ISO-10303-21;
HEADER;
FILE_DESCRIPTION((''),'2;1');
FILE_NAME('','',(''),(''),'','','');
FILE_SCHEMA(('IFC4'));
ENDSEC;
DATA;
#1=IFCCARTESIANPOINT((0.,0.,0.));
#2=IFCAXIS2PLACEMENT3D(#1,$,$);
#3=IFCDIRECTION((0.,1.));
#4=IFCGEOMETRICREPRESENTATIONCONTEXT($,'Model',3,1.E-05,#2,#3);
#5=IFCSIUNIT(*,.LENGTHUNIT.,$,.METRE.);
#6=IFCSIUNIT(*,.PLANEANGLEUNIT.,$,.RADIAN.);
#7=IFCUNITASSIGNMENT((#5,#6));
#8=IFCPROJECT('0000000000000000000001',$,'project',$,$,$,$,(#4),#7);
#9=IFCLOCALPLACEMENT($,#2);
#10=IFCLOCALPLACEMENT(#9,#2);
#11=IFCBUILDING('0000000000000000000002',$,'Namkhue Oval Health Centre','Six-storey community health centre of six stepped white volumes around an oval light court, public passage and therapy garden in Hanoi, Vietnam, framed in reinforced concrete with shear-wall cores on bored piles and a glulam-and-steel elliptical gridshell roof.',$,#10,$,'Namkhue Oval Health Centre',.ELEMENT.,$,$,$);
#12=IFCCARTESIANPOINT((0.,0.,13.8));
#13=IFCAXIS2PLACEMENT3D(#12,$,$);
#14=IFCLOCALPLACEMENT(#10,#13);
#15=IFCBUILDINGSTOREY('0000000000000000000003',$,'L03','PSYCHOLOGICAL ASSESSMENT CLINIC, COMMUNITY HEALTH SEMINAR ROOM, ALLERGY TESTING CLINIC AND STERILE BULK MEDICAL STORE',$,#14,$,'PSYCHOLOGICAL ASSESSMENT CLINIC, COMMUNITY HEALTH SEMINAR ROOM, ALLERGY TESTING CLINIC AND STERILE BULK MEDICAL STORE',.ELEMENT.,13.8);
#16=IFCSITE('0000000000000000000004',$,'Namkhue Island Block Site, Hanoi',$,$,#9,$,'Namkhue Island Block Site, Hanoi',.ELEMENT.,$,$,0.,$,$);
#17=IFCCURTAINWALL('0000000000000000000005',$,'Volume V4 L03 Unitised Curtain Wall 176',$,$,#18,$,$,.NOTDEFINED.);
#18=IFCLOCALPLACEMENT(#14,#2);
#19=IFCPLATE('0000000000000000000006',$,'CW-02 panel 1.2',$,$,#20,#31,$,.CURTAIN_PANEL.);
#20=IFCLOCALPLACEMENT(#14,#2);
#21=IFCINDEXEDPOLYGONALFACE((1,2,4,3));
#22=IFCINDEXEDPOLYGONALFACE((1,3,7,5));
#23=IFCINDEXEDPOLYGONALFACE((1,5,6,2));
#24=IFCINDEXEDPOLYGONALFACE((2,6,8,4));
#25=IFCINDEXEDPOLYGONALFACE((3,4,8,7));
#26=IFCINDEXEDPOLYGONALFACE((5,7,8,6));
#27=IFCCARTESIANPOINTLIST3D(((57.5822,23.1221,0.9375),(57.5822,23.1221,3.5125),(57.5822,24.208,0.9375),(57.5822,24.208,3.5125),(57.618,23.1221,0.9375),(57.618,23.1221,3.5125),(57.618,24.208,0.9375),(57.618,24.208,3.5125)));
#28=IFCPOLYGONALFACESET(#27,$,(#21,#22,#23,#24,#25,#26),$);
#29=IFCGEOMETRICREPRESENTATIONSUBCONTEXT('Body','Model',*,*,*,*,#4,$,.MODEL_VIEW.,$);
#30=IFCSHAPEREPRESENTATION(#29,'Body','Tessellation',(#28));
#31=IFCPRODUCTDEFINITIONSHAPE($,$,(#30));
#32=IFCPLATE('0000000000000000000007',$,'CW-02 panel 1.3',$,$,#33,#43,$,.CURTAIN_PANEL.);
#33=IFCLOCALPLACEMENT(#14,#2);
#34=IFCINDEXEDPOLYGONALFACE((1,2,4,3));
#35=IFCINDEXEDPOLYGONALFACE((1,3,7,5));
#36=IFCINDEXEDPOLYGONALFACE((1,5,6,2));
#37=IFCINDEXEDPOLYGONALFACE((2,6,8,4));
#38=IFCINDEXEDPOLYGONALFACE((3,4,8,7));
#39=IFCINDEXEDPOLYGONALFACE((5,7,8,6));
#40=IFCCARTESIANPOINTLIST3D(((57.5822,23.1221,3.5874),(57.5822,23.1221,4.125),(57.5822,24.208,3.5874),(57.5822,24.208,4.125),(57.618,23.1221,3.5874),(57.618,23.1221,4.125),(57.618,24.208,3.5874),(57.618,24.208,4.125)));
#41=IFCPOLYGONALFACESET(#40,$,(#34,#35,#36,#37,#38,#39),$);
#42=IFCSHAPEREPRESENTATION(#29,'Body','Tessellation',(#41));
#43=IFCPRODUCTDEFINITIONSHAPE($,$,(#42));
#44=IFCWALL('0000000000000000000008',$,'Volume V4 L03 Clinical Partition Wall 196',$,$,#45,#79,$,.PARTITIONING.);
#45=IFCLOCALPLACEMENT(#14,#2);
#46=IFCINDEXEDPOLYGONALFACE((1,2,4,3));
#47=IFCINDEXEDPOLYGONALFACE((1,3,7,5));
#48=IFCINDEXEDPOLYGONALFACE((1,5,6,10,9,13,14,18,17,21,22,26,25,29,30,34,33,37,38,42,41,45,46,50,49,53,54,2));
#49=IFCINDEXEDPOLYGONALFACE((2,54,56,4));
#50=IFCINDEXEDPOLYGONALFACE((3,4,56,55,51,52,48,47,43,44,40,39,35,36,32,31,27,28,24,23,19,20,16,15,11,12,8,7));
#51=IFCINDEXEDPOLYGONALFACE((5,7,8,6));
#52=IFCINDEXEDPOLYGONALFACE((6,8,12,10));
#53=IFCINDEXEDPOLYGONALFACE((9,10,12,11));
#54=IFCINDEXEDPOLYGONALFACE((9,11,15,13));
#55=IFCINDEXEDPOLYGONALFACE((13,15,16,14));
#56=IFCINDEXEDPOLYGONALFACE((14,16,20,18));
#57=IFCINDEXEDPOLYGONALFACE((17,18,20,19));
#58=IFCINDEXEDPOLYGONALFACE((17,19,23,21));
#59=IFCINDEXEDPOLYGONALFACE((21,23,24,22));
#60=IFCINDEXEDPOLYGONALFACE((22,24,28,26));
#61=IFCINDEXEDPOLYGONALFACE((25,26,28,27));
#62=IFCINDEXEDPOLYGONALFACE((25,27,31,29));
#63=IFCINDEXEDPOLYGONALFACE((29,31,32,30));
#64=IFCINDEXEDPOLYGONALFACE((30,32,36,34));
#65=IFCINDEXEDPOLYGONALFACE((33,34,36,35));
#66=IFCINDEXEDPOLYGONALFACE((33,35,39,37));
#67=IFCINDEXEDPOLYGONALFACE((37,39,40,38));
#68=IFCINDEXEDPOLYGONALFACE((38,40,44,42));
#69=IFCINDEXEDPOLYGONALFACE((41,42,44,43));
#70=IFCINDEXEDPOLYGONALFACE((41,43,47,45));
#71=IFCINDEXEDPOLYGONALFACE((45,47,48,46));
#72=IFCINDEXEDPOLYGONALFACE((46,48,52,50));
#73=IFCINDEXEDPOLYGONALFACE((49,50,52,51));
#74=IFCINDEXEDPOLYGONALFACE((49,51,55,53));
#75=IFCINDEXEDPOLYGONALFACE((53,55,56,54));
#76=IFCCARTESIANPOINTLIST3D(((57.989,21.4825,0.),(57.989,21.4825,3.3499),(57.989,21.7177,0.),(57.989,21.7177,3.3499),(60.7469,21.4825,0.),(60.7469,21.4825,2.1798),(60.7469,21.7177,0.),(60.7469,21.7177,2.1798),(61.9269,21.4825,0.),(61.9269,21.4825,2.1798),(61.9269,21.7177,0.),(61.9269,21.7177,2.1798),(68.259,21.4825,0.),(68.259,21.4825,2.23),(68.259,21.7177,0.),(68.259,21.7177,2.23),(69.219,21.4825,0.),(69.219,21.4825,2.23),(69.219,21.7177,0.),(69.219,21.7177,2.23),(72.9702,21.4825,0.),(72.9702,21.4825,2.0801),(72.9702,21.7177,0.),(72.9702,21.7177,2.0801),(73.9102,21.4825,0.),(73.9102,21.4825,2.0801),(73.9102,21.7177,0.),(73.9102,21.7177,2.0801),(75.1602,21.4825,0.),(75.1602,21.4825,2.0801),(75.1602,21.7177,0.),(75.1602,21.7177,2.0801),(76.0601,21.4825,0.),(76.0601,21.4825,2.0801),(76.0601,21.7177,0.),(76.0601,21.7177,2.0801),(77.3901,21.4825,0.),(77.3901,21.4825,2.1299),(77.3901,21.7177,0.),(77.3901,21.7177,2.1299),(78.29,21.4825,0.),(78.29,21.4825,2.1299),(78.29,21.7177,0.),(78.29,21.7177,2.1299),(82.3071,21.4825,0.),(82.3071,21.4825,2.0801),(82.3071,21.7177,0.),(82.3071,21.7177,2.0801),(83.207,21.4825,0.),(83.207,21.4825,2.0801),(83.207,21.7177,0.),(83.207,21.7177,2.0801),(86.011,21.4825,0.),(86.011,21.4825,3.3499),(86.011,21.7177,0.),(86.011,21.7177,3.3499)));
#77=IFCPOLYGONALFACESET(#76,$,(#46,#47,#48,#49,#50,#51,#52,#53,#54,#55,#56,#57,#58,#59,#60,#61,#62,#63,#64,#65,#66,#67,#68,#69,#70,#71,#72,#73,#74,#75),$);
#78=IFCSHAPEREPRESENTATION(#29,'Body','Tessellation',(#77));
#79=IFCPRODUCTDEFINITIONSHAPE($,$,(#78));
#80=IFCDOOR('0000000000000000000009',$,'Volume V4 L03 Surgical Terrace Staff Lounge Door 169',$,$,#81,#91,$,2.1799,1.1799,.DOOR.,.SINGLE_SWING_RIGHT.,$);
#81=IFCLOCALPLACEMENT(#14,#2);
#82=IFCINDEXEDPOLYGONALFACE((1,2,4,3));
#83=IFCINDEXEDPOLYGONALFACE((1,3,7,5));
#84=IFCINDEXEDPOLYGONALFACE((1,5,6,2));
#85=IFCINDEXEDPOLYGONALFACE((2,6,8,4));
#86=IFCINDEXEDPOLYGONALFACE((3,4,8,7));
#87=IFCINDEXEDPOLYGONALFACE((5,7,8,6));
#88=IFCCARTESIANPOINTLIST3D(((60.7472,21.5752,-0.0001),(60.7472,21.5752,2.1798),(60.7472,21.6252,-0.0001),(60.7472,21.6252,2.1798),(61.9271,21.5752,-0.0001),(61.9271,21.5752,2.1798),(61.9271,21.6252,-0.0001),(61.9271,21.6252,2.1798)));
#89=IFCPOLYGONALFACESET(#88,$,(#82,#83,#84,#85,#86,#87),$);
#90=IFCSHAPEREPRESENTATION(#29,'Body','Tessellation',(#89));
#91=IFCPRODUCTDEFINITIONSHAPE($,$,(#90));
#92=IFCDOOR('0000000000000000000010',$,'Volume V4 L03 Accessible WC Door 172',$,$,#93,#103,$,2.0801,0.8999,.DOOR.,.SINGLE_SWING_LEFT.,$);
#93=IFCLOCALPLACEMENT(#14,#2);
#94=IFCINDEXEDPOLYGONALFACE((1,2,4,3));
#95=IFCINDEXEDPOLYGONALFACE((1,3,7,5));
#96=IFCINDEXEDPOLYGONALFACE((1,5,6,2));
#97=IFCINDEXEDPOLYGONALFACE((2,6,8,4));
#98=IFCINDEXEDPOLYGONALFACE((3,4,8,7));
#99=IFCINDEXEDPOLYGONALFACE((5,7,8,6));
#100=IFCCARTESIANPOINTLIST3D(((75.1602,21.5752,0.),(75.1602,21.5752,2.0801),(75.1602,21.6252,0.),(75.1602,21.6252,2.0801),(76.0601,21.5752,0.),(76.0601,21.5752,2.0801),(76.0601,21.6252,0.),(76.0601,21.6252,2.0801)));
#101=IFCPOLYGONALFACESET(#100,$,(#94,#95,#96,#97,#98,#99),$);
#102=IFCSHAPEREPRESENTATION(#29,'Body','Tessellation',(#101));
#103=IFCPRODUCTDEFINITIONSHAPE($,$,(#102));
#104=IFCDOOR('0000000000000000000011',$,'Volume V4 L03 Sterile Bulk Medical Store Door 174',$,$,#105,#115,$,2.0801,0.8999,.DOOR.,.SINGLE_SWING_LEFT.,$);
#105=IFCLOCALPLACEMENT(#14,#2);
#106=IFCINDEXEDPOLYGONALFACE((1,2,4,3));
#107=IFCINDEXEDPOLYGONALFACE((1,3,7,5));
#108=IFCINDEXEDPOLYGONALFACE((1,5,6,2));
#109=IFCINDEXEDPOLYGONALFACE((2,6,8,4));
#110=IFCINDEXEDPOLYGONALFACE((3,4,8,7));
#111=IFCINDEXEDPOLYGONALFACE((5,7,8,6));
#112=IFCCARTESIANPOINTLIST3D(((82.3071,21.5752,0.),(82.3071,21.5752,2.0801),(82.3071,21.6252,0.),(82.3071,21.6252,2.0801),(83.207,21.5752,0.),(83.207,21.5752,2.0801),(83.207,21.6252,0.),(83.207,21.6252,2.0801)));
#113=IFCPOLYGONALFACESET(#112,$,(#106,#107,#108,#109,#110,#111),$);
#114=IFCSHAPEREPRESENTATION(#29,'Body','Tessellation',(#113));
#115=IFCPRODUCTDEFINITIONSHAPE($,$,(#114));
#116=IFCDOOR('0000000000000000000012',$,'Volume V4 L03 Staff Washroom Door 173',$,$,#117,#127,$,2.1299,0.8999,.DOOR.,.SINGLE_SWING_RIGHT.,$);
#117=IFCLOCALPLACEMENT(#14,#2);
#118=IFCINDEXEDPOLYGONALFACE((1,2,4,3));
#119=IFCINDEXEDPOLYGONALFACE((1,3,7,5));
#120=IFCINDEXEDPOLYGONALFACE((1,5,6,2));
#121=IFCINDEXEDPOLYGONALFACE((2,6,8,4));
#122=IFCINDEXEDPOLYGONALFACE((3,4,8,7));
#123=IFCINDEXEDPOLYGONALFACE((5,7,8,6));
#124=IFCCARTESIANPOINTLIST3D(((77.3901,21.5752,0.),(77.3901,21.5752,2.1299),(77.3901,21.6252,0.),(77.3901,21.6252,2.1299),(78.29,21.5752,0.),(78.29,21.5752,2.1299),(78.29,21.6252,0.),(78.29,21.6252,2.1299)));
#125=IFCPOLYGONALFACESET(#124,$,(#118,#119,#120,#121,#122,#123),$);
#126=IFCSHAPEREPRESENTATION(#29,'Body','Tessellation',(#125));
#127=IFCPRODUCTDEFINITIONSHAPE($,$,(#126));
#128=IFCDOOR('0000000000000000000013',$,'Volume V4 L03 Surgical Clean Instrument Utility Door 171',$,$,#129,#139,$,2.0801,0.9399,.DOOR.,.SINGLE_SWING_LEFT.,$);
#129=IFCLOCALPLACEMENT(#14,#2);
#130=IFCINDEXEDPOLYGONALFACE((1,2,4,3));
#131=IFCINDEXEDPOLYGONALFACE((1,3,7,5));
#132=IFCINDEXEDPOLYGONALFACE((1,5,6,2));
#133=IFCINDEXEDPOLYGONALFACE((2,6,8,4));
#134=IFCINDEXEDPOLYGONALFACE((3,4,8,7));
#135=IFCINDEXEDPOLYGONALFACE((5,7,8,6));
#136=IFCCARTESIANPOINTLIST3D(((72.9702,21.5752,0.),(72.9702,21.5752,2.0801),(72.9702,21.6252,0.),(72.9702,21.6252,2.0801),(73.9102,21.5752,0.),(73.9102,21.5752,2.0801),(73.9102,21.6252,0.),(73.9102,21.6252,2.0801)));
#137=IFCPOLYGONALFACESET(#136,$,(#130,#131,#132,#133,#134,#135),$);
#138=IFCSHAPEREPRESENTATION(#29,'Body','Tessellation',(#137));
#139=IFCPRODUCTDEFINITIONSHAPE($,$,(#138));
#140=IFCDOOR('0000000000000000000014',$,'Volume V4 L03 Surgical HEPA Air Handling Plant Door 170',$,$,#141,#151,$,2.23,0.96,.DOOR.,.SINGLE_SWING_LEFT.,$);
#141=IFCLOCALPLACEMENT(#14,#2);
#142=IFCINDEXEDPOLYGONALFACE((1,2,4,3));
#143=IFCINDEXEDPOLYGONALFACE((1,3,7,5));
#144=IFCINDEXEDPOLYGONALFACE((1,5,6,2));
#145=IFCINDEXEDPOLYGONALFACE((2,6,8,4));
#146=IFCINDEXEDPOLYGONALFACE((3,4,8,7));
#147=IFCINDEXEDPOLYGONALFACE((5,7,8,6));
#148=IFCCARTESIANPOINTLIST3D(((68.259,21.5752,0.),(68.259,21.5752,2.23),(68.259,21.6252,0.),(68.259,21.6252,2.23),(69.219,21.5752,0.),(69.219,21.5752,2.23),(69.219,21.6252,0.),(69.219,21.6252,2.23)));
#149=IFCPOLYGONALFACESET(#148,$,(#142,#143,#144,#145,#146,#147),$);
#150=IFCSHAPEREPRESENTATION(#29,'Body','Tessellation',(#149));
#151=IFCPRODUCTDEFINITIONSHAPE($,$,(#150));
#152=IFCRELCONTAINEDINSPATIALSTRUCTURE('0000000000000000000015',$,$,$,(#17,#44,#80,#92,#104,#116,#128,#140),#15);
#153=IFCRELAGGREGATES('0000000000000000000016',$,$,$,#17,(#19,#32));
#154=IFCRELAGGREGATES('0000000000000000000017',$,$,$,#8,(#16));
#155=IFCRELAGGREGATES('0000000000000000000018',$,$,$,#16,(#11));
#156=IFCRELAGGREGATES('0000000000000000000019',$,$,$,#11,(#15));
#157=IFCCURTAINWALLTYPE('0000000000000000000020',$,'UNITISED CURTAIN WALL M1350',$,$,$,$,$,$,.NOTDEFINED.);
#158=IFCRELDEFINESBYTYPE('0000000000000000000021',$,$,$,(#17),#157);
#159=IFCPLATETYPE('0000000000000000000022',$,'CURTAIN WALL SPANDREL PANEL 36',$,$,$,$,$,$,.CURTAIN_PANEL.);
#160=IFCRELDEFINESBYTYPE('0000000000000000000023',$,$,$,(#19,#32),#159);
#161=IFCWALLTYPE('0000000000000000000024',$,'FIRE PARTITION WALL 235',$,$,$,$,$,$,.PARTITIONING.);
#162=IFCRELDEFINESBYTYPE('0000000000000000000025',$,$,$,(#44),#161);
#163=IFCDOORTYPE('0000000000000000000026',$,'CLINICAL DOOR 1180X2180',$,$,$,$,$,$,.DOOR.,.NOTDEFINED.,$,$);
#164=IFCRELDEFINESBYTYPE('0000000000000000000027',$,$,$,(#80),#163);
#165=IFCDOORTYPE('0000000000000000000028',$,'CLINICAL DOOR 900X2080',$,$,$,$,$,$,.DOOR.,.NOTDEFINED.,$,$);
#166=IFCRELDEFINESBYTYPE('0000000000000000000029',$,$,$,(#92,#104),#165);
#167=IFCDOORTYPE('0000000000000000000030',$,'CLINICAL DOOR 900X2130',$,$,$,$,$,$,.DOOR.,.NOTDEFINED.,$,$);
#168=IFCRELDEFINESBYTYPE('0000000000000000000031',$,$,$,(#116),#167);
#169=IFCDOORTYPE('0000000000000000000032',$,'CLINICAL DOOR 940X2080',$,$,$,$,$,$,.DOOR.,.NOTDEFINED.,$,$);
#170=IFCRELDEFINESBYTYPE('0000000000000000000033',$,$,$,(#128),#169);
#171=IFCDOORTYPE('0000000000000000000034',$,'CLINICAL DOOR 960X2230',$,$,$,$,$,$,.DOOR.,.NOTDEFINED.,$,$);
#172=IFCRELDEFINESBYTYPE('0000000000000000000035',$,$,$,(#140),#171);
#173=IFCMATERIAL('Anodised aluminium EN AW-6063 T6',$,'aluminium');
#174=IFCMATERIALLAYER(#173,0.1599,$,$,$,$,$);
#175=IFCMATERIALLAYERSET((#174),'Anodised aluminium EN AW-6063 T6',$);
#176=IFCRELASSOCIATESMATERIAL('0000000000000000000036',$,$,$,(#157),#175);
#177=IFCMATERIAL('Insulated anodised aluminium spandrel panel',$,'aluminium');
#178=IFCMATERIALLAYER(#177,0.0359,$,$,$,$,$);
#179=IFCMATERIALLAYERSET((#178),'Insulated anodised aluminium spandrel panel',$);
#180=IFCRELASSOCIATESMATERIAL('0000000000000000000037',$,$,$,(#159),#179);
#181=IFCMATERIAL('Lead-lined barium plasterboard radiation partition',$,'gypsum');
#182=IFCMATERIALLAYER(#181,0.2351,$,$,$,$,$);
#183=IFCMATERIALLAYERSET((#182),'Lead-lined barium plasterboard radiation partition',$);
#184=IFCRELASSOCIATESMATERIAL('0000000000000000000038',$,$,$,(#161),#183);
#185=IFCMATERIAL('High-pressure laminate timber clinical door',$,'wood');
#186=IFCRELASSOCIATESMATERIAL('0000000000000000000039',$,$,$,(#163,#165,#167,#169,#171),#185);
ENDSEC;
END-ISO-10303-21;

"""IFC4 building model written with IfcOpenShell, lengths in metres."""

from ifc_helpers import new_model, si_unit, direction, frame, frame_2d, origin, origin_2d, place, context, subcontext, project, spatial, rectangle, extrude, material, layer, layer_set, type_object, element, fill, aggregate, save


model = new_model("IFC4")

# Units and contexts
model_context = context("Model", 3, precision=1e-05, world=origin(), true_north=direction((0.0, 1.0)))
body_context = subcontext(model_context, "Body", "Model", "MODEL_VIEW")
ifc_project = project(units=[si_unit("LENGTHUNIT", "METRE"), si_unit("PLANEANGLEUNIT", "RADIAN")], contexts=[model_context])

# Site, building, storey
site_placement = place(None, origin())
site = spatial("IfcSite", under=ifc_project, at=site_placement, Name="Namkhue Island Block Site, Hanoi", LongName="Namkhue Island Block Site, Hanoi", CompositionType="ELEMENT", RefElevation=0.0)
building_placement = place(site_placement, origin())
building = spatial("IfcBuilding", under=site, at=building_placement, Name="Namkhue Oval Health Centre", Description="Six-storey community health centre of six stepped white volumes around an oval light court, public passage and therapy garden in Hanoi, Vietnam, framed in reinforced concrete with shear-wall cores on bored piles and a glulam-and-steel elliptical gridshell roof.", LongName="Namkhue Oval Health Centre", CompositionType="ELEMENT")
storey_placement = place(building_placement, frame((0.0, 0.0, 13.8)))
storey = spatial("IfcBuildingStorey", under=building, at=storey_placement, Name="L03", Description="PSYCHOLOGICAL ASSESSMENT CLINIC, COMMUNITY HEALTH SEMINAR ROOM, ALLERGY TESTING CLINIC AND STERILE BULK MEDICAL STORE", LongName="PSYCHOLOGICAL ASSESSMENT CLINIC, COMMUNITY HEALTH SEMINAR ROOM, ALLERGY TESTING CLINIC AND STERILE BULK MEDICAL STORE", CompositionType="ELEMENT", Elevation=13.8)

# Curtain wall
ifc_material_1 = material(Name="Anodised aluminium EN AW-6063 T6", Category="aluminium")
ifc_layer_1 = layer(ifc_material_1, 0.1599)
ifc_layer_set_1 = layer_set([ifc_layer_1], Name="Anodised aluminium EN AW-6063 T6")
curtain_wall_type_1 = type_object("IfcCurtainWallType", Name="UNITISED CURTAIN WALL M1350", PredefinedType="NOTDEFINED", material=ifc_layer_set_1)
curtain_wall_1_placement = place(storey_placement, origin())
curtain_wall_1 = element("IfcCurtainWall", 1, at=curtain_wall_1_placement, inside=storey, type_object=curtain_wall_type_1, Name="Volume V4 L03 Unitised Curtain Wall 176", PredefinedType="NOTDEFINED")

# Plates
ifc_material_2 = material(Name="Insulated anodised aluminium spandrel panel", Category="aluminium")
ifc_layer_2 = layer(ifc_material_2, 0.0359)
ifc_layer_set_2 = layer_set([ifc_layer_2], Name="Insulated anodised aluminium spandrel panel")
plate_type = type_object("IfcPlateType", Name="CURTAIN WALL SPANDREL PANEL 36", PredefinedType="CURTAIN_PANEL", material=ifc_layer_set_2)
plate_1_placement = place(storey_placement, frame((57.6001, 23.665, 0.9375), z_axis=(0.0, 0.0, 1.0), x_axis=(0.0, -1.0, 0.0)))
plate_1 = element("IfcPlate", 2, at=plate_1_placement, type_object=plate_type, Name="CW-02 panel 1.2", PredefinedType="CURTAIN_PANEL", context=body_context, shape_type="SweptSolid", body=[
    extrude(rectangle(XDim=1.0859, YDim=0.0359, at=origin_2d()), origin(), (0.0, 0.0, 1.0), 2.575),
])
plate_2_placement = place(storey_placement, frame((57.6001, 23.665, 3.5874), z_axis=(0.0, 0.0, 1.0), x_axis=(0.0, -1.0, 0.0)))
plate_2 = element("IfcPlate", 3, at=plate_2_placement, type_object=plate_type, Name="CW-02 panel 1.3", PredefinedType="CURTAIN_PANEL", context=body_context, shape_type="SweptSolid", body=[
    extrude(rectangle(XDim=1.0859, YDim=0.0359, at=origin_2d()), origin(), (0.0, 0.0, 1.0), 0.5376),
])
aggregate(curtain_wall_1, [plate_1, plate_2])

# Wall, openings, doors
ifc_material_3 = material(Name="Lead-lined barium plasterboard radiation partition", Category="gypsum")
ifc_layer_3 = layer(ifc_material_3, 0.2351)
ifc_layer_set_3 = layer_set([ifc_layer_3], Name="Lead-lined barium plasterboard radiation partition")
wall_type_1 = type_object("IfcWallType", Name="FIRE PARTITION WALL 235", PredefinedType="PARTITIONING", material=ifc_layer_set_3)
wall_1_placement = place(storey_placement, frame((57.989, 21.6001, 0.0), z_axis=(0.0, 0.0, 1.0), x_axis=(1.0, 0.0, 0.0)))
wall_1 = element("IfcWall", 4, at=wall_1_placement, inside=storey, type_object=wall_type_1, Name="Volume V4 L03 Clinical Partition Wall 196", PredefinedType="PARTITIONING", context=body_context, shape_type="SweptSolid", body=[
    extrude(rectangle(XDim=28.022, YDim=0.2351, at=frame_2d((14.011, 0.0))), origin(), (0.0, 0.0, 1.0), 3.3499),
])
opening_1_placement = place(wall_1_placement, frame((2.7581, 0.0, 0.0)))
opening_1 = element("IfcOpeningElement", 5, at=opening_1_placement, cuts=wall_1, PredefinedType="OPENING", context=body_context, shape_type="SweptSolid", body=[
    extrude(rectangle(XDim=1.1799, YDim=2.1799, at=frame_2d((0.5898, 1.0898))), frame((0.0, 0.1274, 0.0), z_axis=(0.0, -1.0, 0.0), x_axis=(1.0, 0.0, 0.0)), (0.0, 0.0, 1.0), 0.2551),
])
opening_2_placement = place(wall_1_placement, frame((10.27, 0.0, 0.0)))
opening_2 = element("IfcOpeningElement", 6, at=opening_2_placement, cuts=wall_1, PredefinedType="OPENING", context=body_context, shape_type="SweptSolid", body=[
    extrude(rectangle(XDim=0.96, YDim=2.23, at=frame_2d((0.48, 1.115))), frame((0.0, 0.1274, 0.0), z_axis=(0.0, -1.0, 0.0), x_axis=(1.0, 0.0, 0.0)), (0.0, 0.0, 1.0), 0.2551),
])
opening_3_placement = place(wall_1_placement, frame((14.9812, 0.0, 0.0)))
opening_3 = element("IfcOpeningElement", 7, at=opening_3_placement, cuts=wall_1, PredefinedType="OPENING", context=body_context, shape_type="SweptSolid", body=[
    extrude(rectangle(XDim=0.9399, YDim=2.0801, at=frame_2d((0.47, 1.04))), frame((0.0, 0.1274, 0.0), z_axis=(0.0, -1.0, 0.0), x_axis=(1.0, 0.0, 0.0)), (0.0, 0.0, 1.0), 0.2551),
])
opening_4_placement = place(wall_1_placement, frame((17.1711, 0.0, 0.0)))
opening_4 = element("IfcOpeningElement", 8, at=opening_4_placement, cuts=wall_1, PredefinedType="OPENING", context=body_context, shape_type="SweptSolid", body=[
    extrude(rectangle(XDim=0.8999, YDim=2.0801, at=frame_2d((0.45, 1.04))), frame((0.0, 0.1274, 0.0), z_axis=(0.0, -1.0, 0.0), x_axis=(1.0, 0.0, 0.0)), (0.0, 0.0, 1.0), 0.2551),
])
opening_5_placement = place(wall_1_placement, frame((19.4011, 0.0, 0.0)))
opening_5 = element("IfcOpeningElement", 9, at=opening_5_placement, cuts=wall_1, PredefinedType="OPENING", context=body_context, shape_type="SweptSolid", body=[
    extrude(rectangle(XDim=0.8999, YDim=2.1299, at=frame_2d((0.45, 1.0649))), frame((0.0, 0.1274, 0.0), z_axis=(0.0, -1.0, 0.0), x_axis=(1.0, 0.0, 0.0)), (0.0, 0.0, 1.0), 0.2551),
])
opening_6_placement = place(wall_1_placement, frame((24.3181, 0.0, 0.0)))
opening_6 = element("IfcOpeningElement", 10, at=opening_6_placement, cuts=wall_1, PredefinedType="OPENING", context=body_context, shape_type="SweptSolid", body=[
    extrude(rectangle(XDim=0.8999, YDim=2.0801, at=frame_2d((0.45, 1.04))), frame((0.0, 0.1274, 0.0), z_axis=(0.0, -1.0, 0.0), x_axis=(1.0, 0.0, 0.0)), (0.0, 0.0, 1.0), 0.2551),
])
ifc_material_4 = material(Name="High-pressure laminate timber clinical door", Category="wood")
door_type_1 = type_object("IfcDoorType", Name="CLINICAL DOOR 1180X2180", OperationType="NOTDEFINED", PredefinedType="DOOR", material=ifc_material_4)
door_1_placement = place(opening_1_placement, frame((1.1799, 0.0, 0.0), z_axis=(0.0, 0.0, 1.0), x_axis=(-1.0, 0.0, 0.0)))
door_1 = element("IfcDoor", 11, at=door_1_placement, inside=storey, type_object=door_type_1, Name="Volume V4 L03 Surgical Terrace Staff Lounge Door 169", OperationType="SINGLE_SWING_RIGHT", OverallHeight=2.1799, OverallWidth=1.1799, PredefinedType="DOOR", context=body_context, shape_type="SweptSolid", body=[
    extrude(rectangle(XDim=1.1799, YDim=2.1799, at=frame_2d((0.5898, 1.0898))), frame((0.0, 0.0249, 0.0), z_axis=(0.0, -1.0, 0.0), x_axis=(1.0, 0.0, 0.0)), (0.0, 0.0, 1.0), 0.05),
])
fill(opening_1, door_1)
door_type_2 = type_object("IfcDoorType", Name="CLINICAL DOOR 900X2080", OperationType="NOTDEFINED", PredefinedType="DOOR", material=ifc_material_4)
door_2_placement = place(opening_4_placement, frame((0.8999, 0.0, 0.0), z_axis=(0.0, 0.0, 1.0), x_axis=(-1.0, 0.0, 0.0)))
door_2 = element("IfcDoor", 12, at=door_2_placement, inside=storey, type_object=door_type_2, Name="Volume V4 L03 Accessible WC Door 172", OperationType="SINGLE_SWING_LEFT", OverallHeight=2.0801, OverallWidth=0.8999, PredefinedType="DOOR", context=body_context, shape_type="SweptSolid", body=[
    extrude(rectangle(XDim=0.8999, YDim=2.0801, at=frame_2d((0.45, 1.04))), frame((0.0, 0.0249, 0.0), z_axis=(0.0, -1.0, 0.0), x_axis=(1.0, 0.0, 0.0)), (0.0, 0.0, 1.0), 0.05),
])
fill(opening_4, door_2)
door_3_placement = place(opening_6_placement, frame((0.8999, 0.0, 0.0), z_axis=(0.0, 0.0, 1.0), x_axis=(-1.0, 0.0, 0.0)))
door_3 = element("IfcDoor", 13, at=door_3_placement, inside=storey, type_object=door_type_2, Name="Volume V4 L03 Sterile Bulk Medical Store Door 174", OperationType="SINGLE_SWING_LEFT", OverallHeight=2.0801, OverallWidth=0.8999, PredefinedType="DOOR", context=body_context, shape_type="SweptSolid", body=[
    extrude(rectangle(XDim=0.8999, YDim=2.0801, at=frame_2d((0.45, 1.04))), frame((0.0, 0.0249, 0.0), z_axis=(0.0, -1.0, 0.0), x_axis=(1.0, 0.0, 0.0)), (0.0, 0.0, 1.0), 0.05),
])
fill(opening_6, door_3)
door_type_3 = type_object("IfcDoorType", Name="CLINICAL DOOR 900X2130", OperationType="NOTDEFINED", PredefinedType="DOOR", material=ifc_material_4)
door_4_placement = place(opening_5_placement, frame((0.8999, 0.0, 0.0), z_axis=(0.0, 0.0, 1.0), x_axis=(-1.0, 0.0, 0.0)))
door_4 = element("IfcDoor", 14, at=door_4_placement, inside=storey, type_object=door_type_3, Name="Volume V4 L03 Staff Washroom Door 173", OperationType="SINGLE_SWING_RIGHT", OverallHeight=2.1299, OverallWidth=0.8999, PredefinedType="DOOR", context=body_context, shape_type="SweptSolid", body=[
    extrude(rectangle(XDim=0.8999, YDim=2.1299, at=frame_2d((0.45, 1.0649))), frame((0.0, 0.0249, 0.0), z_axis=(0.0, -1.0, 0.0), x_axis=(1.0, 0.0, 0.0)), (0.0, 0.0, 1.0), 0.05),
])
fill(opening_5, door_4)
door_type_4 = type_object("IfcDoorType", Name="CLINICAL DOOR 940X2080", OperationType="NOTDEFINED", PredefinedType="DOOR", material=ifc_material_4)
door_5_placement = place(opening_3_placement, frame((0.9399, 0.0, 0.0), z_axis=(0.0, 0.0, 1.0), x_axis=(-1.0, 0.0, 0.0)))
door_5 = element("IfcDoor", 15, at=door_5_placement, inside=storey, type_object=door_type_4, Name="Volume V4 L03 Surgical Clean Instrument Utility Door 171", OperationType="SINGLE_SWING_LEFT", OverallHeight=2.0801, OverallWidth=0.9399, PredefinedType="DOOR", context=body_context, shape_type="SweptSolid", body=[
    extrude(rectangle(XDim=0.9399, YDim=2.0801, at=frame_2d((0.47, 1.04))), frame((0.0, 0.0249, 0.0), z_axis=(0.0, -1.0, 0.0), x_axis=(1.0, 0.0, 0.0)), (0.0, 0.0, 1.0), 0.05),
])
fill(opening_3, door_5)
door_type_5 = type_object("IfcDoorType", Name="CLINICAL DOOR 960X2230", OperationType="NOTDEFINED", PredefinedType="DOOR", material=ifc_material_4)
door_6_placement = place(opening_2_placement, frame((0.96, 0.0, 0.0), z_axis=(0.0, 0.0, 1.0), x_axis=(-1.0, 0.0, 0.0)))
door_6 = element("IfcDoor", 16, at=door_6_placement, inside=storey, type_object=door_type_5, Name="Volume V4 L03 Surgical HEPA Air Handling Plant Door 170", OperationType="SINGLE_SWING_LEFT", OverallHeight=2.23, OverallWidth=0.96, PredefinedType="DOOR", context=body_context, shape_type="SweptSolid", body=[
    extrude(rectangle(XDim=0.96, YDim=2.23, at=frame_2d((0.48, 1.115))), frame((0.0, 0.0249, 0.0), z_axis=(0.0, -1.0, 0.0), x_axis=(1.0, 0.0, 0.0)), (0.0, 0.0, 1.0), 0.05),
])
fill(opening_2, door_6)

save(model, "model.ifc")
